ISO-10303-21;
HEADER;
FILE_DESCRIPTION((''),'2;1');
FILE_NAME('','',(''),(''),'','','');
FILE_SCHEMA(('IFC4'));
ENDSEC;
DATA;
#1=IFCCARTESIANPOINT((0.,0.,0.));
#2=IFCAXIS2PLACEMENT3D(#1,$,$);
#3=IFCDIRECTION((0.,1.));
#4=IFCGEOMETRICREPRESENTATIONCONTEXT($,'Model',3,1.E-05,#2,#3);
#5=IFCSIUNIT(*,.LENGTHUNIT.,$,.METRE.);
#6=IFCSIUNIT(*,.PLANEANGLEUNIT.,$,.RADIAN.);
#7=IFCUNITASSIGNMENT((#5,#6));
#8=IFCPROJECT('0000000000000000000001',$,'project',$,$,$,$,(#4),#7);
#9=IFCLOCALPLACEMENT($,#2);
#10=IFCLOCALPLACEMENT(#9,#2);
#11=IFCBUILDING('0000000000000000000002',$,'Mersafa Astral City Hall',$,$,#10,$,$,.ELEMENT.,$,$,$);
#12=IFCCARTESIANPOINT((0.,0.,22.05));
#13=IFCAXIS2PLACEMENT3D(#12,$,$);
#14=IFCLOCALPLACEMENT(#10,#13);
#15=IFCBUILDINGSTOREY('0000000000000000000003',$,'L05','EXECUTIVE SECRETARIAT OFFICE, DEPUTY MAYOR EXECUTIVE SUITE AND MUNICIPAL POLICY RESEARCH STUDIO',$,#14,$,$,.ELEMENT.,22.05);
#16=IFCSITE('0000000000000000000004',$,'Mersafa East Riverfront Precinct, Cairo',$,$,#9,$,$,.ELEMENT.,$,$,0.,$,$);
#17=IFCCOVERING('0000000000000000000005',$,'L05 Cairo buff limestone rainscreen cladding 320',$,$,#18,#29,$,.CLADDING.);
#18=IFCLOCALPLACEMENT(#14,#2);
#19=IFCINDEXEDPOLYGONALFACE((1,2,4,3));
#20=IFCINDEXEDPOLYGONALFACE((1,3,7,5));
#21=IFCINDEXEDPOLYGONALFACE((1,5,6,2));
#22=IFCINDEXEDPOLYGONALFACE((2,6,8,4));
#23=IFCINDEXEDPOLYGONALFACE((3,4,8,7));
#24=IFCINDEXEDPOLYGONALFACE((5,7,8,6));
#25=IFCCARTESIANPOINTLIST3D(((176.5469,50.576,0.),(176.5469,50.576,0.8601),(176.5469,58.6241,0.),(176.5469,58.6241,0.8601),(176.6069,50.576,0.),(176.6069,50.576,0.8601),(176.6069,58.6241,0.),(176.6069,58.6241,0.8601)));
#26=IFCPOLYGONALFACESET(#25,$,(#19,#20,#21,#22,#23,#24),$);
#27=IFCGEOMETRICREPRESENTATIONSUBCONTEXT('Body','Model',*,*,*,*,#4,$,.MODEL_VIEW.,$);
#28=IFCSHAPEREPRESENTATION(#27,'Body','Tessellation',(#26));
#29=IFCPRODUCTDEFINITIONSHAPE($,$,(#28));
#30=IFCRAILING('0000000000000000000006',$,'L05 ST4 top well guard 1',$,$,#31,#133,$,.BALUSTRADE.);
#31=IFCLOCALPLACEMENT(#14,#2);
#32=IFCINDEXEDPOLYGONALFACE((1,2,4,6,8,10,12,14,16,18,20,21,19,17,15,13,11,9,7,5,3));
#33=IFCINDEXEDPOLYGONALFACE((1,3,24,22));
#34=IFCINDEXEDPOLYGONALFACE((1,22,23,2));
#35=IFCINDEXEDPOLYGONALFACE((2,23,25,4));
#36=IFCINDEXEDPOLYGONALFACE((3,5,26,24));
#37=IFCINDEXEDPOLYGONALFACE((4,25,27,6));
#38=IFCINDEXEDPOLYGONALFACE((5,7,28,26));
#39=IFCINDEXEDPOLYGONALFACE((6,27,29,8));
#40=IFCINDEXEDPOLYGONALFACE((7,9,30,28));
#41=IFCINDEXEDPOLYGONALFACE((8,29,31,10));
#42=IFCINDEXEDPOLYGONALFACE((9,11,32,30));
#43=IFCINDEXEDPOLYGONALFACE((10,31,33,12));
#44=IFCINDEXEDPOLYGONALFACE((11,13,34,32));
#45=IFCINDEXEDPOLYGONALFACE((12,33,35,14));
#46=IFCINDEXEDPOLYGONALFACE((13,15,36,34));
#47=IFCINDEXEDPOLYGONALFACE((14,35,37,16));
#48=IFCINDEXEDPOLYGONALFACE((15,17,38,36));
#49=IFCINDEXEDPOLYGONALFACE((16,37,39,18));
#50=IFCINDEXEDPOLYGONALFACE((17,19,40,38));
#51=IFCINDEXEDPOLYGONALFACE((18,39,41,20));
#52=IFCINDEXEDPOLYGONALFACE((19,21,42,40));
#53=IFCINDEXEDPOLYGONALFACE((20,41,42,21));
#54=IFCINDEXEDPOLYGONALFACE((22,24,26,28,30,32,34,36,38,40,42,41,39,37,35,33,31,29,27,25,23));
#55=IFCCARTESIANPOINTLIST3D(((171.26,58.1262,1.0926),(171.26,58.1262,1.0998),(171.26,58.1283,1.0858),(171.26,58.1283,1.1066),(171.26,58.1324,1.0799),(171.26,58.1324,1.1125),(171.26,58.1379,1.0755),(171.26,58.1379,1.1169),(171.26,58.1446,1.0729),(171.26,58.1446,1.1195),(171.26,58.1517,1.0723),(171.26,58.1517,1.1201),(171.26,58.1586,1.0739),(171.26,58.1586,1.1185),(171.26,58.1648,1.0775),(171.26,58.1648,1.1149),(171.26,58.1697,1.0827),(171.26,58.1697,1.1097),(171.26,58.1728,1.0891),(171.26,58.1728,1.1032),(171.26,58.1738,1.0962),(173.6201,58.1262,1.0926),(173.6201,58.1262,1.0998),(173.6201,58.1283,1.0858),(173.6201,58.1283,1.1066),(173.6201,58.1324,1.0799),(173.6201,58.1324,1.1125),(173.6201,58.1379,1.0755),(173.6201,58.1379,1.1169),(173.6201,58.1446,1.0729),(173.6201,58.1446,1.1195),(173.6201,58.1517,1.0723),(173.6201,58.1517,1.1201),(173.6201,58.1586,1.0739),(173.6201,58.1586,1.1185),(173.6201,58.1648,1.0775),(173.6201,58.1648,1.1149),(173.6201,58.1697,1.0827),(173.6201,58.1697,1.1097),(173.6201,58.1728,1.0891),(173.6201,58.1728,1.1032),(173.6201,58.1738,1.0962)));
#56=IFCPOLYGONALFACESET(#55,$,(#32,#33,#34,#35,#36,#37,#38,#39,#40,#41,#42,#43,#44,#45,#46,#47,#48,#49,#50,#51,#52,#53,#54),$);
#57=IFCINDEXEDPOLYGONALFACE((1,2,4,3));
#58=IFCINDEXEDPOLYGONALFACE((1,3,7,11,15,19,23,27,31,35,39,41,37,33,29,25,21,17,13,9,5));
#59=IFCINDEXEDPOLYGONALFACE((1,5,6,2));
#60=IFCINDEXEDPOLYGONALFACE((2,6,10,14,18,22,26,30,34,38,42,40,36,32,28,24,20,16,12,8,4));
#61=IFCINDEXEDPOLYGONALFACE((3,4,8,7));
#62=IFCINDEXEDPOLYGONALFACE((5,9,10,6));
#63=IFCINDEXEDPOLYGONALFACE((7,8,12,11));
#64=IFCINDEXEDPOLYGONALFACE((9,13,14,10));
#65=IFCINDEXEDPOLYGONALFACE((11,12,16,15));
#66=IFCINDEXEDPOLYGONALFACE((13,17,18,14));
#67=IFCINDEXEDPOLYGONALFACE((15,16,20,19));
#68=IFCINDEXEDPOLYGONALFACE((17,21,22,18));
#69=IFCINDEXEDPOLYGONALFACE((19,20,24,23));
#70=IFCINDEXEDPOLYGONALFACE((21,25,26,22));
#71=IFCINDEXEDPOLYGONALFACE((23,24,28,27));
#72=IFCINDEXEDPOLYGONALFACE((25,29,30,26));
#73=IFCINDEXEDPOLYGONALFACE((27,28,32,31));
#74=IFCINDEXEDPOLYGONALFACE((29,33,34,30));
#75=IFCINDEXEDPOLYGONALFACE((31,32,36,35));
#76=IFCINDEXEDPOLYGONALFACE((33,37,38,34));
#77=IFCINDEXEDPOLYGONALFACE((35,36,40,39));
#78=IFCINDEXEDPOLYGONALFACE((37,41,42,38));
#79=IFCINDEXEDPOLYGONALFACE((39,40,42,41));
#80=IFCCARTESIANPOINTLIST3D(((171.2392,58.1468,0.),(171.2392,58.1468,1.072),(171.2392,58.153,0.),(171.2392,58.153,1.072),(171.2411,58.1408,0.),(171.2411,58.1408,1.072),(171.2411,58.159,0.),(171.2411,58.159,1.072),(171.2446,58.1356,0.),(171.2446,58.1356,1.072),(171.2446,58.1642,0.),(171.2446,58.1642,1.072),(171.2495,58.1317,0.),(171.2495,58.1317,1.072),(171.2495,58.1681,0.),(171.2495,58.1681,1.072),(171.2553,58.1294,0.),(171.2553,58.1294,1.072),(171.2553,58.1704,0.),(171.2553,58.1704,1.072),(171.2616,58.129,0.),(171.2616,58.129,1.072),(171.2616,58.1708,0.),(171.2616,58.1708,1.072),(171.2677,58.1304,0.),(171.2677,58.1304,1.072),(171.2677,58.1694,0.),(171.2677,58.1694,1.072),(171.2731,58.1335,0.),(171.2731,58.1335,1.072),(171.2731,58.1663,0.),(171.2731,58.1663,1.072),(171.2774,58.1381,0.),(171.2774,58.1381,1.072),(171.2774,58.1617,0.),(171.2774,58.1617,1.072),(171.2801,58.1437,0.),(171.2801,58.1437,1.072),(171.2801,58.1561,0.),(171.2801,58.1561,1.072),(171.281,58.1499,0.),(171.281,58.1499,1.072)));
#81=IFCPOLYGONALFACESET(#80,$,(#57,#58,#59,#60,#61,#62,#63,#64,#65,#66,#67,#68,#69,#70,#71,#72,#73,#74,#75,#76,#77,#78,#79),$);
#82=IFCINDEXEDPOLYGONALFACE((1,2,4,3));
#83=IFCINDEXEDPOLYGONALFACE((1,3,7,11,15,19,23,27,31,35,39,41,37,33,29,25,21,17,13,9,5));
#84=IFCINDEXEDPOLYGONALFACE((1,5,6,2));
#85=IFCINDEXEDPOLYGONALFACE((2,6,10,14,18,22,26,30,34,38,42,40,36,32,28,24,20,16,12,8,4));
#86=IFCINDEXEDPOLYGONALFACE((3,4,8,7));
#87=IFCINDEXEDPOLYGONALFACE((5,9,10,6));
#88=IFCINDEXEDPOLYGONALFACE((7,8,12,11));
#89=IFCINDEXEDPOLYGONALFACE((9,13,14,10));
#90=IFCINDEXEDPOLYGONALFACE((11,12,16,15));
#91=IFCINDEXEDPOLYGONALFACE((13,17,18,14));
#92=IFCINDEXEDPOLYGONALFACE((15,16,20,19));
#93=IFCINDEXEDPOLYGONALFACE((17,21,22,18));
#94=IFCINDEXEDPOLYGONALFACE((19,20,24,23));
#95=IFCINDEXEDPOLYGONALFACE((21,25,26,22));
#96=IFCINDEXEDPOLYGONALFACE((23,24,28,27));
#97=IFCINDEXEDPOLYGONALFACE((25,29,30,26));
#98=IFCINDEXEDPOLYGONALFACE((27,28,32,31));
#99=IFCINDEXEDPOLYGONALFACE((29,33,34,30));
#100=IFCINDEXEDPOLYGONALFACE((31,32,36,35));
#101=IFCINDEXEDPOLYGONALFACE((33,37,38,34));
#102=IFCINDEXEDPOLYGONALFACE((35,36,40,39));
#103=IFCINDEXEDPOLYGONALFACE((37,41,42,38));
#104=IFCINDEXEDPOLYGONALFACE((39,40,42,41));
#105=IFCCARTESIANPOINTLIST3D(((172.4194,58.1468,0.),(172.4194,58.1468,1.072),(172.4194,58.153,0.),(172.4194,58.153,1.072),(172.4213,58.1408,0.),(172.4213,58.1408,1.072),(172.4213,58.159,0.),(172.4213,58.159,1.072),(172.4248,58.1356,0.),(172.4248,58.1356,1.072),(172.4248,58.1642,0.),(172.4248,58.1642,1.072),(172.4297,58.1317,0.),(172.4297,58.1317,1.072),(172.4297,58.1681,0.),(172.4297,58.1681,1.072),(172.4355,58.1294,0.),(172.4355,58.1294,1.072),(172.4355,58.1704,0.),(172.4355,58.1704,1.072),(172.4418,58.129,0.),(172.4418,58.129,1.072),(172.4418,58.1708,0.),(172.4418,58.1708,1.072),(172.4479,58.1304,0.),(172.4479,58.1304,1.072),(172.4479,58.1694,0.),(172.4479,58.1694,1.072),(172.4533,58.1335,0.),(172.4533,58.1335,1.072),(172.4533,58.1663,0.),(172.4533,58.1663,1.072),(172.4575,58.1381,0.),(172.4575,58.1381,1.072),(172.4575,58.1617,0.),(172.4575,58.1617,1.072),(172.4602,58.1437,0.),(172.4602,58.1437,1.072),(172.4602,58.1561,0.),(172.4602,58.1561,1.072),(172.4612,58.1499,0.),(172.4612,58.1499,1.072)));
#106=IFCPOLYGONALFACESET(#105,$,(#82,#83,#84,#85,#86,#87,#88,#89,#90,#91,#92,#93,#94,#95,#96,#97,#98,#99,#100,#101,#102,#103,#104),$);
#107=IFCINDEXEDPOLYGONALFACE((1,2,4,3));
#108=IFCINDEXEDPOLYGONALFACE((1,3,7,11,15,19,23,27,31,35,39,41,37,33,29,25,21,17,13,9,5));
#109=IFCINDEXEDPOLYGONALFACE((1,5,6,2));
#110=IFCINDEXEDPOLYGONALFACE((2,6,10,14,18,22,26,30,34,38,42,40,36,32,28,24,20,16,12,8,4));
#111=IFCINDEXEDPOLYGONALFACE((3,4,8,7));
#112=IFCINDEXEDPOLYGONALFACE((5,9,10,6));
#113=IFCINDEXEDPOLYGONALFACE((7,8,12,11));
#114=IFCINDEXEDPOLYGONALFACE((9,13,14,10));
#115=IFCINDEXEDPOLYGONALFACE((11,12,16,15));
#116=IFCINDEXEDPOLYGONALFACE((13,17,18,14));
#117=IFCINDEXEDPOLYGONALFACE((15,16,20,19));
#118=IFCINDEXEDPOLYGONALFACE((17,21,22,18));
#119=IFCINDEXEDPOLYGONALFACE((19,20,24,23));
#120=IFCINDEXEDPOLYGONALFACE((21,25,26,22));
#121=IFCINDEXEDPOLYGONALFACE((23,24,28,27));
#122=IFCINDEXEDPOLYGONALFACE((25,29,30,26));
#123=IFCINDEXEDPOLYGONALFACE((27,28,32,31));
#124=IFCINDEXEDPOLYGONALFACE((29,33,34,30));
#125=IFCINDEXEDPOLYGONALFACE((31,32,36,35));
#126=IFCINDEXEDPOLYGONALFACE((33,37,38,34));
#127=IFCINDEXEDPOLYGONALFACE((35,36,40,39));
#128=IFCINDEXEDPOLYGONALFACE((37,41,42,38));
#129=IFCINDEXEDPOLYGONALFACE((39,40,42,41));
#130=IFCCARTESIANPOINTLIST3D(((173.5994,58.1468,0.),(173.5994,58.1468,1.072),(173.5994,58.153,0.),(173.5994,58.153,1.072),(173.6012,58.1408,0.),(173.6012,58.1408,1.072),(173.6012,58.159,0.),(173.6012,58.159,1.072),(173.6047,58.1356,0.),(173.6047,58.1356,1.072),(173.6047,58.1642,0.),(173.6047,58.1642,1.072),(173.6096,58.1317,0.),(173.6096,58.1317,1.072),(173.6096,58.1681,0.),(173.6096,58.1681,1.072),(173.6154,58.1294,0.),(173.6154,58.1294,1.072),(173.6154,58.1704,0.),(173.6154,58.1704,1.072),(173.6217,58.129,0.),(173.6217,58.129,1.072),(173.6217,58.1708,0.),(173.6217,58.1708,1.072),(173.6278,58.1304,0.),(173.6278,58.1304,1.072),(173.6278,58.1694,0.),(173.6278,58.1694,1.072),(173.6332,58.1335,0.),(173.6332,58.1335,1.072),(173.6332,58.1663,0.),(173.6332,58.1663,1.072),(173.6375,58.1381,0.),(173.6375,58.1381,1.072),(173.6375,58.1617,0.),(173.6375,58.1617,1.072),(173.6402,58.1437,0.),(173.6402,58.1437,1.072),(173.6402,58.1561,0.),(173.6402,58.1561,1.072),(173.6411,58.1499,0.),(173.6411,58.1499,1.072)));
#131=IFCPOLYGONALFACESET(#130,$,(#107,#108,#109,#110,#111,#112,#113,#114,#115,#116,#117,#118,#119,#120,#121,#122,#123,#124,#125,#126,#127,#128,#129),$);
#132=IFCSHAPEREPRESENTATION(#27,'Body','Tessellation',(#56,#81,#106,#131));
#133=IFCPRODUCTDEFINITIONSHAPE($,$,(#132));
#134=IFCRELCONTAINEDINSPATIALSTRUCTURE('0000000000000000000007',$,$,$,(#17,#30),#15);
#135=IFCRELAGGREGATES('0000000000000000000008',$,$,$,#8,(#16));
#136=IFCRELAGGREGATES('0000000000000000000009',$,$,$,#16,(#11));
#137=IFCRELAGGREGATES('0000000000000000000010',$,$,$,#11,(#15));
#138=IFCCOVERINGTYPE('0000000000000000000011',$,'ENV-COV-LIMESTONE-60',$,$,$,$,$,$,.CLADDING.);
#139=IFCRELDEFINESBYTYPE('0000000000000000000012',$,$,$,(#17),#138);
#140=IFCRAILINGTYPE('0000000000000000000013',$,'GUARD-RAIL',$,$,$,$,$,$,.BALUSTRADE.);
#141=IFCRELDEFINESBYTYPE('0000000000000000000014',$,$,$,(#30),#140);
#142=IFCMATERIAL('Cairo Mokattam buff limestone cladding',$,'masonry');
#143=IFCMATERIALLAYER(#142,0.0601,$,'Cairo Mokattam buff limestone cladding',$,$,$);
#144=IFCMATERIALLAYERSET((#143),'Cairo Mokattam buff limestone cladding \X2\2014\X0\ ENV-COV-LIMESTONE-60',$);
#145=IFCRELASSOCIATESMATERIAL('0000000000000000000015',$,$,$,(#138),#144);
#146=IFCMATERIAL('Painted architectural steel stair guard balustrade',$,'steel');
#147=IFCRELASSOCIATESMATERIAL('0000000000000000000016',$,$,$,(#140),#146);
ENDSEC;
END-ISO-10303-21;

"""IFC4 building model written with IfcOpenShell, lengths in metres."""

from ifc_helpers import new_model, si_unit, direction, frame, origin, origin_2d, place, context, subcontext, project, spatial, rectangle, circle, extrude, material, layer, layer_set, type_object, element, save


model = new_model("IFC4")

# Units and contexts
model_context = context("Model", 3, precision=1e-05, world=origin(), true_north=direction((0.0, 1.0)))
body_context = subcontext(model_context, "Body", "Model", "MODEL_VIEW")
ifc_project = project(units=[si_unit("LENGTHUNIT", "METRE"), si_unit("PLANEANGLEUNIT", "RADIAN")], contexts=[model_context])

# Site, building, storey
site_placement = place(None, origin())
site = spatial("IfcSite", under=ifc_project, at=site_placement, Name="Mersafa East Riverfront Precinct, Cairo", CompositionType="ELEMENT", RefElevation=0.0)
building_placement = place(site_placement, origin())
building = spatial("IfcBuilding", under=site, at=building_placement, Name="Mersafa Astral City Hall", CompositionType="ELEMENT")
storey_placement = place(building_placement, frame((0.0, 0.0, 22.05)))
storey = spatial("IfcBuildingStorey", under=building, at=storey_placement, Name="L05", Description="EXECUTIVE SECRETARIAT OFFICE, DEPUTY MAYOR EXECUTIVE SUITE AND MUNICIPAL POLICY RESEARCH STUDIO", CompositionType="ELEMENT", Elevation=22.05)

# Covering
ifc_material_1 = material(Name="Cairo Mokattam buff limestone cladding", Category="masonry")
ifc_layer_1 = layer(ifc_material_1, 0.0601, Name="Cairo Mokattam buff limestone cladding")
ifc_layer_set_1 = layer_set([ifc_layer_1], Name="Cairo Mokattam buff limestone cladding — ENV-COV-LIMESTONE-60")
covering_type = type_object("IfcCoveringType", Name="ENV-COV-LIMESTONE-60", PredefinedType="CLADDING", material=ifc_layer_set_1)
covering_placement = place(storey_placement, frame((176.5769, 54.6001, 0.0), z_axis=(0.0, 0.0, 1.0), x_axis=(0.0, 1.0, 0.0)))
element("IfcCovering", 1, at=covering_placement, inside=storey, type_object=covering_type, Name="L05 Cairo buff limestone rainscreen cladding 320", PredefinedType="CLADDING", context=body_context, shape_type="SweptSolid", body=[
    extrude(rectangle(XDim=8.0481, YDim=0.0601, at=origin_2d()), origin(), (0.0, 0.0, 1.0), 0.8601),
])

# Railing
ifc_material_2 = material(Name="Painted architectural steel stair guard balustrade", Category="steel")
railing_type = type_object("IfcRailingType", Name="GUARD-RAIL", PredefinedType="BALUSTRADE", material=ifc_material_2)
railing_1_placement = place(storey_placement, frame((171.26, 58.1499, 0.0)))
element("IfcRailing", 2, at=railing_1_placement, inside=storey, type_object=railing_type, Name="L05 ST4 top well guard 1", PredefinedType="BALUSTRADE", context=body_context, shape_type="SweptSolid", body=[
    extrude(circle(Radius=0.0239, at=origin_2d()), frame((0.0, 0.0, 1.0962), z_axis=(1.0, 0.0, 0.0), x_axis=(0.0, 1.0, 0.0)), (0.0, 0.0, 1.0), 2.3601),
    extrude(circle(Radius=0.021, at=origin_2d()), origin(), (0.0, 0.0, 1.0), 1.072),
    extrude(circle(Radius=0.021, at=origin_2d()), frame((1.1802, 0.0, 0.0)), (0.0, 0.0, 1.0), 1.072),
    extrude(circle(Radius=0.021, at=origin_2d()), frame((2.3601, 0.0, 0.0)), (0.0, 0.0, 1.0), 1.072),
])

save(model, "model.ifc")
